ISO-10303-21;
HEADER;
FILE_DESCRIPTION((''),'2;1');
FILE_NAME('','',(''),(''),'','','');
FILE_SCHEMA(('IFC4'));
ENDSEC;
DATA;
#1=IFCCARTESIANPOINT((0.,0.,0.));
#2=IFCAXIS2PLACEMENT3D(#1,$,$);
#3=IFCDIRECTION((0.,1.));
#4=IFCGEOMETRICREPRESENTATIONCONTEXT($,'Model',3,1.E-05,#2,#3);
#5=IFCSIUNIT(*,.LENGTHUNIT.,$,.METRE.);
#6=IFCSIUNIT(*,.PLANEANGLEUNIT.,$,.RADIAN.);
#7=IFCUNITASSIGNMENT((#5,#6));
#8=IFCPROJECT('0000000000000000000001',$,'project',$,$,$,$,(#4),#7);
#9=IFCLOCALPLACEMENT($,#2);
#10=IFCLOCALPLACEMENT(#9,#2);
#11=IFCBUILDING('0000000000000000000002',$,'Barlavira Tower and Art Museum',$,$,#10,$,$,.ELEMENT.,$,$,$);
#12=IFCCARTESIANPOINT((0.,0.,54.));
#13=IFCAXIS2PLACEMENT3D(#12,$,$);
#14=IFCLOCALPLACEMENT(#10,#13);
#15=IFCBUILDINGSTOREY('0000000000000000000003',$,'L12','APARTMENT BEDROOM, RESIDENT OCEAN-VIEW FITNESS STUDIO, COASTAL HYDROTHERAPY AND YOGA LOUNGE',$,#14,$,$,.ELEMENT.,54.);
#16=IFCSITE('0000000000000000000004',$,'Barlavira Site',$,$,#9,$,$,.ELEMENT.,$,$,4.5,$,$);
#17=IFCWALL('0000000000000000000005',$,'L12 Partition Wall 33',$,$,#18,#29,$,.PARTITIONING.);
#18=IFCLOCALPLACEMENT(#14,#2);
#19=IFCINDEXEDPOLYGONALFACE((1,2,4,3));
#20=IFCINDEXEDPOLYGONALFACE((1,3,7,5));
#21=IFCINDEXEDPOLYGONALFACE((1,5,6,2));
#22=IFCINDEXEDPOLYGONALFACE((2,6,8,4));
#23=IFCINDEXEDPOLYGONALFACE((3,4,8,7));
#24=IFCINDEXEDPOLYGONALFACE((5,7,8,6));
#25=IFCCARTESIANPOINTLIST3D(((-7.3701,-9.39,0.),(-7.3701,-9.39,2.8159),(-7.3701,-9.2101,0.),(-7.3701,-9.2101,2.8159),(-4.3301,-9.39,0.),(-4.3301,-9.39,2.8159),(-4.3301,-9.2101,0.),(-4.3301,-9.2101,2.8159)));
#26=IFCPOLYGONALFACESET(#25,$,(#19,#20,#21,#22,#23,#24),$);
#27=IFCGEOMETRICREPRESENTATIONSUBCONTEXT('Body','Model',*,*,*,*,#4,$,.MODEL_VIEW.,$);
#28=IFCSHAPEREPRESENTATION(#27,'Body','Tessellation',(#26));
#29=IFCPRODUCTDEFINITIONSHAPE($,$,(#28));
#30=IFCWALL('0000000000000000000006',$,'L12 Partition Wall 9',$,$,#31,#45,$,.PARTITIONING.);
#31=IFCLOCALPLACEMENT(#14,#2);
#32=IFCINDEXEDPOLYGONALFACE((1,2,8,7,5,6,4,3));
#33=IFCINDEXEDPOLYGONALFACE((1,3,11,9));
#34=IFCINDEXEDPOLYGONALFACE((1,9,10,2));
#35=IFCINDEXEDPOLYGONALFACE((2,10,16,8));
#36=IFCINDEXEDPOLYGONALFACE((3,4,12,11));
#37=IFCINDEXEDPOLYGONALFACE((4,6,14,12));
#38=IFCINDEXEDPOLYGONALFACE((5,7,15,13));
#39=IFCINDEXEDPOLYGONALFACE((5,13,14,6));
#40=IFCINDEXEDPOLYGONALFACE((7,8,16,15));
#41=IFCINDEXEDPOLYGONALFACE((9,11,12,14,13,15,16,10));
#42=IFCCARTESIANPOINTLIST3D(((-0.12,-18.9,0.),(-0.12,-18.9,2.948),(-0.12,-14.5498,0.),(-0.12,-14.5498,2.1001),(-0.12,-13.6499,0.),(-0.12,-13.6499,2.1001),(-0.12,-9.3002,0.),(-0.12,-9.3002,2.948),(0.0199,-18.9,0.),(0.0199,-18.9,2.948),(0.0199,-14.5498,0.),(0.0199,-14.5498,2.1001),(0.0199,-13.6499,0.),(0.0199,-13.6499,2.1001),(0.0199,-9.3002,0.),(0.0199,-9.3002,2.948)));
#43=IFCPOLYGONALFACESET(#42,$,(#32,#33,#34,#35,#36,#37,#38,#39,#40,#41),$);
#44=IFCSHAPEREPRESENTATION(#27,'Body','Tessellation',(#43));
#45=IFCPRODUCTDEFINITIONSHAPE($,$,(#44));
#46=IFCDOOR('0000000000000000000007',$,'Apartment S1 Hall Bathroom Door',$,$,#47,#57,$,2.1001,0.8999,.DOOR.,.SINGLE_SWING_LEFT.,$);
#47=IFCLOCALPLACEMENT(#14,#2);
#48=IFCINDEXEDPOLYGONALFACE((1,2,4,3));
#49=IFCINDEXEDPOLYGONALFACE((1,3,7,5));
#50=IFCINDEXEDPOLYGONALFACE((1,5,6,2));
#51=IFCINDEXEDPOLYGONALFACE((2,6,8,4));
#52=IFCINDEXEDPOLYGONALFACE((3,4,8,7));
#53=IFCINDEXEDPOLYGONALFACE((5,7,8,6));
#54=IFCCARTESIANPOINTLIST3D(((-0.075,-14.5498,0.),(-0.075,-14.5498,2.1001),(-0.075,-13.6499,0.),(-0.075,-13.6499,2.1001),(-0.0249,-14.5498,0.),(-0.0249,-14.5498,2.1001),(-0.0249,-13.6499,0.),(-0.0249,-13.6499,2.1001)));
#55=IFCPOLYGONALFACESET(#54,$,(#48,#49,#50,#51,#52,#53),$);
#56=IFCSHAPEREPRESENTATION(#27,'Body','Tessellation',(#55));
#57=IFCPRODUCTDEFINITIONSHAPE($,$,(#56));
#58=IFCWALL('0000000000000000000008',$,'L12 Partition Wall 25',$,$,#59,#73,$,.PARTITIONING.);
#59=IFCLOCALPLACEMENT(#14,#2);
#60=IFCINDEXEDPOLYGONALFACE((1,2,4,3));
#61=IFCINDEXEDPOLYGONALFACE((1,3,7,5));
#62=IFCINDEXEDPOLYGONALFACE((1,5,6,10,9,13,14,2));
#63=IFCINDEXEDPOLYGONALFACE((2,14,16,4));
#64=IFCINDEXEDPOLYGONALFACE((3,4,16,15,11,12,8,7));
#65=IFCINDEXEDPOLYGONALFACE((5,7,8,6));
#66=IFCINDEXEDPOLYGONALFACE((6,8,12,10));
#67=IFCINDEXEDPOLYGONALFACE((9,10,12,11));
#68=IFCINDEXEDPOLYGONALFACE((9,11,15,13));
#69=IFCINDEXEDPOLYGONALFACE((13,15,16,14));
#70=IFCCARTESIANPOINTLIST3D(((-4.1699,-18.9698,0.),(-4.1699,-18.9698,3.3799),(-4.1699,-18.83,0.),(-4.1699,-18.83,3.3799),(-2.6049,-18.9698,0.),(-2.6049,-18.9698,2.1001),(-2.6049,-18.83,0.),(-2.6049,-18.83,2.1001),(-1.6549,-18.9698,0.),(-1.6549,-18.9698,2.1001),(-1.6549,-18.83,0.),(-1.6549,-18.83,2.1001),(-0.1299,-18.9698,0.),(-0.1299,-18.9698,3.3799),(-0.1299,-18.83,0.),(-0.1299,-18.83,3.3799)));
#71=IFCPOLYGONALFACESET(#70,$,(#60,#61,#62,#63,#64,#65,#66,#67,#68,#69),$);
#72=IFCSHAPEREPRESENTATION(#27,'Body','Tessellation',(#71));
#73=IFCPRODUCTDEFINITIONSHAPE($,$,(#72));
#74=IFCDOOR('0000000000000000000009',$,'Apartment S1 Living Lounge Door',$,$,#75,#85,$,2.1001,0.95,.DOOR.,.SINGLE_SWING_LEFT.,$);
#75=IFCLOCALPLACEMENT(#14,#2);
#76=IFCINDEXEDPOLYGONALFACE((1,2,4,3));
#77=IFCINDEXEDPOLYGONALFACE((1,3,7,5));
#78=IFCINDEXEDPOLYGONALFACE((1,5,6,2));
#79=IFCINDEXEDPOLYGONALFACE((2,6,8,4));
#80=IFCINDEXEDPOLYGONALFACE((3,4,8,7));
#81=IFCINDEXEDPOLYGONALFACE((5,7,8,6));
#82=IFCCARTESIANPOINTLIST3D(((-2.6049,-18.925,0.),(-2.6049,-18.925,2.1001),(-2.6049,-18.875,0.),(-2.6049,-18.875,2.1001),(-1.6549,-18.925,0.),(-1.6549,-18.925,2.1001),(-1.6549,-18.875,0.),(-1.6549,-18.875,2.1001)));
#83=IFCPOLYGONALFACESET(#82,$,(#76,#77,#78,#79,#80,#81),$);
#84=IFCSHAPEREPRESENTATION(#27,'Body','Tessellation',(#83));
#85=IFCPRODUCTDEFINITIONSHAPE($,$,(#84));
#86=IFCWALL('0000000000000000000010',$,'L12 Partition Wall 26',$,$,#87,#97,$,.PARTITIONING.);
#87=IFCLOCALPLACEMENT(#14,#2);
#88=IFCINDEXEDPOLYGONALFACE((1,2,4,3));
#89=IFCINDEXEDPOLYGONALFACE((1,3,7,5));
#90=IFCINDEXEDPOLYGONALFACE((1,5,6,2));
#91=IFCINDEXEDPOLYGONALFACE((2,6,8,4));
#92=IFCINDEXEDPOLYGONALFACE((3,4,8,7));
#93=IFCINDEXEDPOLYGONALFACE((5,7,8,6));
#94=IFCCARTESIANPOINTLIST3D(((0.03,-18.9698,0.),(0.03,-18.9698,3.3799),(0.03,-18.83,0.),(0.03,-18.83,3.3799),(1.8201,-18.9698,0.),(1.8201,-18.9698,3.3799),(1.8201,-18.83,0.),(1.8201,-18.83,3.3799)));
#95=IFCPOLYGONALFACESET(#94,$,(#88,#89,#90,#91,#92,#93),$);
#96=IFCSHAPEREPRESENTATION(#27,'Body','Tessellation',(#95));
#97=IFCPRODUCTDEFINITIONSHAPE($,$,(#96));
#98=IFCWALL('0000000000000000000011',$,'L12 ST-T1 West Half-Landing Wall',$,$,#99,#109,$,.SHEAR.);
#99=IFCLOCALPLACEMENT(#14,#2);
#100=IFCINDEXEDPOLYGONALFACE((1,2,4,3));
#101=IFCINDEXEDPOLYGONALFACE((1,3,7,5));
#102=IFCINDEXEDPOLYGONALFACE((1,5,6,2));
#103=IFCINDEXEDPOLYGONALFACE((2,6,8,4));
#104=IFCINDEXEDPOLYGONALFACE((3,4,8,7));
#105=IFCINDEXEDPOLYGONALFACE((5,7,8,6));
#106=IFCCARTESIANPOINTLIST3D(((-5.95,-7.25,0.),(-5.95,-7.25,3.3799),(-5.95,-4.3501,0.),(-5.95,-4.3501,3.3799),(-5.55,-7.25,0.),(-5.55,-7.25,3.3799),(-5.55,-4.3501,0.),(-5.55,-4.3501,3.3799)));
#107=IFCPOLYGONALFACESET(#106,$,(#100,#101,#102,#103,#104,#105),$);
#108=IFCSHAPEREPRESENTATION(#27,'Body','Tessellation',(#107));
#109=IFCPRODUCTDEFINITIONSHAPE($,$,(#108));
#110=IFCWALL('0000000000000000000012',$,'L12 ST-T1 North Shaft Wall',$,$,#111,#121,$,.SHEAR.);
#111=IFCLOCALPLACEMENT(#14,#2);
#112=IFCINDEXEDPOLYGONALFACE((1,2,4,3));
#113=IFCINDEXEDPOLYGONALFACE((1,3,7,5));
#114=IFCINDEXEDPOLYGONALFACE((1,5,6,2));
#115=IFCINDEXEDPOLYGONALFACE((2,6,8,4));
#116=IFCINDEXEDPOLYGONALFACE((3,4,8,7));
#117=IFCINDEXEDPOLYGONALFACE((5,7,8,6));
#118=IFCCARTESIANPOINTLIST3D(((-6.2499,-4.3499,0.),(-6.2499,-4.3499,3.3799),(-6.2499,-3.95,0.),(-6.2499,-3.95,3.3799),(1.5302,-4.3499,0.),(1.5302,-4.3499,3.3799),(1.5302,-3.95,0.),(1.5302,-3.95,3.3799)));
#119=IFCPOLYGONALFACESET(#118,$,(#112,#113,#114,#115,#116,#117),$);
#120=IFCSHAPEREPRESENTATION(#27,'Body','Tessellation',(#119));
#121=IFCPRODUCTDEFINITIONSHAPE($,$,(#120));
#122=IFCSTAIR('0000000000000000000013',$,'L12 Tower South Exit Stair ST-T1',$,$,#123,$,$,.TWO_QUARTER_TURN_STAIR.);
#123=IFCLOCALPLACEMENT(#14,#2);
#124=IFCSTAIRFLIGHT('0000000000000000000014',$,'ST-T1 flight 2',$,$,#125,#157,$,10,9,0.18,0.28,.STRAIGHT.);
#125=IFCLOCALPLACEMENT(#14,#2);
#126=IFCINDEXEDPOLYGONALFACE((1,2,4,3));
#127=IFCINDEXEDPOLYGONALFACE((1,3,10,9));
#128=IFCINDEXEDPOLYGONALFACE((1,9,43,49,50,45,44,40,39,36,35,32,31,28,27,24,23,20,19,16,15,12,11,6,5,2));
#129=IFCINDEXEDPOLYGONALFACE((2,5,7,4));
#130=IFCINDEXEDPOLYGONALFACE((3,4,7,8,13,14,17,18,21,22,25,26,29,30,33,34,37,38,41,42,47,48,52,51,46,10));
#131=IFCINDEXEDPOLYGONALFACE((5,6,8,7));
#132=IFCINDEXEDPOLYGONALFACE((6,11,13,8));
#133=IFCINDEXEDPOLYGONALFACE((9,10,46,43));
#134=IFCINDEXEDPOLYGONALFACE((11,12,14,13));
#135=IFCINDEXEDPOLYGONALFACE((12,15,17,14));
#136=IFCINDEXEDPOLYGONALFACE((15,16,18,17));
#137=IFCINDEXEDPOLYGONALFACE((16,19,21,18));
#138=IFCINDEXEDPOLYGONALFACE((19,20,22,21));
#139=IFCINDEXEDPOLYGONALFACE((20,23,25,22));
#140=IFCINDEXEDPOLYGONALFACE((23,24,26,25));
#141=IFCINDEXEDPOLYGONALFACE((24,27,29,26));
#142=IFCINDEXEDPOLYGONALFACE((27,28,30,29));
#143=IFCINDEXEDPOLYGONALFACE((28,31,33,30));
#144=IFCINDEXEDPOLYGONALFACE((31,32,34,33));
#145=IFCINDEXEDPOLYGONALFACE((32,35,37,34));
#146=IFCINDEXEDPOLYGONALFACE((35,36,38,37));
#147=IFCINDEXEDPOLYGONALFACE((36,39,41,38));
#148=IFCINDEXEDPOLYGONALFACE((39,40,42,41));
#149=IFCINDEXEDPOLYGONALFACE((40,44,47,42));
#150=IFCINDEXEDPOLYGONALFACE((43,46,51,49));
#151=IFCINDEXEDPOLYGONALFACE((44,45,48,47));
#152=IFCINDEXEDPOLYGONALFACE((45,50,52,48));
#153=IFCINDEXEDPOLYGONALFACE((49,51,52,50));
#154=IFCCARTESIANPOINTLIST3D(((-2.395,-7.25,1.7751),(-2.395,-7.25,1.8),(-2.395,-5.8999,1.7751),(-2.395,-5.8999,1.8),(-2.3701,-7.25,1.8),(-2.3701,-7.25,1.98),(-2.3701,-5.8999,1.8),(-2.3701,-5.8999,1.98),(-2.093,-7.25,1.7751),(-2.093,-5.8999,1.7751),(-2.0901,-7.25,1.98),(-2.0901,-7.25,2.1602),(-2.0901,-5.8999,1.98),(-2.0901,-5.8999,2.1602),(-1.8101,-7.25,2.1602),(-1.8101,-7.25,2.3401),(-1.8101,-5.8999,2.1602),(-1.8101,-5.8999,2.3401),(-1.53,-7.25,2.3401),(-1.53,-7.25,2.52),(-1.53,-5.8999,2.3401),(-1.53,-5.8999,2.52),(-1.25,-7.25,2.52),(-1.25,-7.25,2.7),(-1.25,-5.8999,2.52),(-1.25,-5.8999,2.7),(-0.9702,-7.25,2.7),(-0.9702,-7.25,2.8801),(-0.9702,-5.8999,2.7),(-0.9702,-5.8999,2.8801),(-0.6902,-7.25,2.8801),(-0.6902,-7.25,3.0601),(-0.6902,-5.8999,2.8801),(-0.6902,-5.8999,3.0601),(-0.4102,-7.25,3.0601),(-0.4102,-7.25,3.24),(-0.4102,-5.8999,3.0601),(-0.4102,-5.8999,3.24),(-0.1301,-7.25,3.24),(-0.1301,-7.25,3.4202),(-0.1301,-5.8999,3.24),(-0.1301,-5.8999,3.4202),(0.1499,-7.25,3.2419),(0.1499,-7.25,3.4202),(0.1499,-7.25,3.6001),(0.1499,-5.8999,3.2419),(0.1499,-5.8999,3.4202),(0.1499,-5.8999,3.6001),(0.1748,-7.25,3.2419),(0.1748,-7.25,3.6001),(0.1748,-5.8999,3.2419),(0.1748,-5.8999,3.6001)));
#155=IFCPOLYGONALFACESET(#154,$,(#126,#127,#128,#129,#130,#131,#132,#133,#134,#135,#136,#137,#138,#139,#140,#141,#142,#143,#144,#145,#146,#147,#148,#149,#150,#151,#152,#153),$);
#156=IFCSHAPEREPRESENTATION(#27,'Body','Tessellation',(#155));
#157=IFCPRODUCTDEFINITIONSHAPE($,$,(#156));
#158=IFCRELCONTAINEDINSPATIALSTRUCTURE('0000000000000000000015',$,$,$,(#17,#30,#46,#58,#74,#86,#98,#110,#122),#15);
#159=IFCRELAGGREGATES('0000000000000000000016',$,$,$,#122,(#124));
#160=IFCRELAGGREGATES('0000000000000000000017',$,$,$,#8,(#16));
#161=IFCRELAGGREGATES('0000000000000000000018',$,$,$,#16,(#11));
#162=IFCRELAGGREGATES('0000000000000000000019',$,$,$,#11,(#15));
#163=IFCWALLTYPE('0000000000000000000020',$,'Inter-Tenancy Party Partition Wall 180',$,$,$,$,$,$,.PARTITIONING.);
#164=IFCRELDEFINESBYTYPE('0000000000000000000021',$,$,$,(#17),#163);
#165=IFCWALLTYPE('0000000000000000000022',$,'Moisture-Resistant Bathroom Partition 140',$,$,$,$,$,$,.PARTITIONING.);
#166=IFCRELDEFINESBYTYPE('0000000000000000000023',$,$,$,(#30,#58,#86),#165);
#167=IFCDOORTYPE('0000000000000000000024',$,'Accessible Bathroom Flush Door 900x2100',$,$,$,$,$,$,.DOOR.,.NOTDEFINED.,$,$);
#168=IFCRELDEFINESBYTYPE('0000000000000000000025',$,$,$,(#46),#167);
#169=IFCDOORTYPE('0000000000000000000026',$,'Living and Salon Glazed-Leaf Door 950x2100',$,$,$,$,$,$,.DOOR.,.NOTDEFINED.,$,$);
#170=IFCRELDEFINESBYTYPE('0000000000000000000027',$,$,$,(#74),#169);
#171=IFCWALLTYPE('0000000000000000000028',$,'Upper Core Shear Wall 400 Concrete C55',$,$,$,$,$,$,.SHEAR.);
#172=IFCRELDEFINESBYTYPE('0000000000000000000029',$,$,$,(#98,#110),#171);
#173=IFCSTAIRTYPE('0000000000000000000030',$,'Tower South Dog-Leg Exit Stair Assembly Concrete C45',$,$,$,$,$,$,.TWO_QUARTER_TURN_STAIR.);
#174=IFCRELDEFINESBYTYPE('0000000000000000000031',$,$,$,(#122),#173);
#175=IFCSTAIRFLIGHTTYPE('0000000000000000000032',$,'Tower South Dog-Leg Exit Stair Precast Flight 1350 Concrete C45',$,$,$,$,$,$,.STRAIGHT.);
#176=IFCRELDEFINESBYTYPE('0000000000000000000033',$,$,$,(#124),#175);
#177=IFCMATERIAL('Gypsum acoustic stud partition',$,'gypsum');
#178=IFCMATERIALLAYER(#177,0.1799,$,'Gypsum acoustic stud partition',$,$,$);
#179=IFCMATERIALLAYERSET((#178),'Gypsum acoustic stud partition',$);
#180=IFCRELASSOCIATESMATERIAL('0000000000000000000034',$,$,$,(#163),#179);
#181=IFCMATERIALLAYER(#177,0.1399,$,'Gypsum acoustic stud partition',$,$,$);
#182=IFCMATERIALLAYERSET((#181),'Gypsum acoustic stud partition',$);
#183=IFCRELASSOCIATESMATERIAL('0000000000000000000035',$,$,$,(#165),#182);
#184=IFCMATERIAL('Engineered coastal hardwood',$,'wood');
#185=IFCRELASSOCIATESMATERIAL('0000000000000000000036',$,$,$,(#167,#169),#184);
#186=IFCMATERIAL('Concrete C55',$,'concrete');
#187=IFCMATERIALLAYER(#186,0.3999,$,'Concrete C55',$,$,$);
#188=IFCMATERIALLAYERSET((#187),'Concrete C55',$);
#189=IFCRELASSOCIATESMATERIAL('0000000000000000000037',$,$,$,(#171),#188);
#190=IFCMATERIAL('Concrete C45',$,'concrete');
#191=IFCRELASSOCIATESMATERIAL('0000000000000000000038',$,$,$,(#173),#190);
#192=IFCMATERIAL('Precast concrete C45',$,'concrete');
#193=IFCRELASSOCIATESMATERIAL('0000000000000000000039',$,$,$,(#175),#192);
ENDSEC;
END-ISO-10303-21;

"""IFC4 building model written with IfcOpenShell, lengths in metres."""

from ifc_helpers import new_model, si_unit, direction, frame, frame_2d, origin, place, context, subcontext, project, spatial, polyline, rectangle, outline, extrude, material, layer, layer_set, type_object, element, fill, aggregate, save


model = new_model("IFC4")

# Units and contexts
model_context = context("Model", 3, precision=1e-05, world=origin(), true_north=direction((0.0, 1.0)))
body_context = subcontext(model_context, "Body", "Model", "MODEL_VIEW")
ifc_project = project(units=[si_unit("LENGTHUNIT", "METRE"), si_unit("PLANEANGLEUNIT", "RADIAN")], contexts=[model_context])

# Site, building, storey
site_placement = place(None, origin())
site = spatial("IfcSite", under=ifc_project, at=site_placement, Name="Barlavira Site", CompositionType="ELEMENT", RefElevation=4.5)
building_placement = place(site_placement, origin())
building = spatial("IfcBuilding", under=site, at=building_placement, Name="Barlavira Tower and Art Museum", CompositionType="ELEMENT")
storey_placement = place(building_placement, frame((0.0, 0.0, 54.0)))
storey = spatial("IfcBuildingStorey", under=building, at=storey_placement, Name="L12", Description="APARTMENT BEDROOM, RESIDENT OCEAN-VIEW FITNESS STUDIO, COASTAL HYDROTHERAPY AND YOGA LOUNGE", CompositionType="ELEMENT", Elevation=54.0)

# Shared definitions
ifc_material_1 = material(Name="Gypsum acoustic stud partition", Category="gypsum")
ifc_layer_1 = layer(ifc_material_1, 0.1799, Name="Gypsum acoustic stud partition")
ifc_layer_set_1 = layer_set([ifc_layer_1], Name="Gypsum acoustic stud partition")
wall_type_1 = type_object("IfcWallType", Name="Inter-Tenancy Party Partition Wall 180", PredefinedType="PARTITIONING", material=ifc_layer_set_1)

# Wall
wall_1_placement = place(storey_placement, frame((-7.3701, -9.3, 0.0), z_axis=(0.0, 0.0, 1.0), x_axis=(1.0, 0.0, 0.0)))
element("IfcWall", 1, at=wall_1_placement, inside=storey, type_object=wall_type_1, Name="L12 Partition Wall 33", PredefinedType="PARTITIONING", context=body_context, shape_type="SweptSolid", body=[
    extrude(rectangle(XDim=3.04, YDim=0.1799, at=frame_2d((1.52, 0.0))), origin(), (0.0, 0.0, 1.0), 2.8159),
])

# Walls, openings, doors
ifc_layer_2 = layer(ifc_material_1, 0.1399, Name="Gypsum acoustic stud partition")
ifc_layer_set_2 = layer_set([ifc_layer_2], Name="Gypsum acoustic stud partition")
wall_type_2 = type_object("IfcWallType", Name="Moisture-Resistant Bathroom Partition 140", PredefinedType="PARTITIONING", material=ifc_layer_set_2)
wall_2_placement = place(storey_placement, frame((-0.05, -18.8999, 0.0), z_axis=(0.0, 0.0, 1.0), x_axis=(0.0, 1.0, 0.0)))
wall_2 = element("IfcWall", 2, at=wall_2_placement, inside=storey, type_object=wall_type_2, Name="L12 Partition Wall 9", PredefinedType="PARTITIONING", context=body_context, shape_type="SweptSolid", body=[
    extrude(rectangle(XDim=9.5999, YDim=0.1399, at=frame_2d((4.7998, 0.0))), origin(), (0.0, 0.0, 1.0), 2.948),
])
opening_1_placement = place(wall_2_placement, frame((4.3501, 0.0, 0.0)))
opening_1 = element("IfcOpeningElement", 3, at=opening_1_placement, cuts=wall_2, PredefinedType="OPENING", context=body_context, shape_type="SweptSolid", body=[
    extrude(rectangle(XDim=0.8999, YDim=2.1001, at=frame_2d((0.45, 1.05))), frame((0.0, 0.0801, 0.0), z_axis=(0.0, -1.0, 0.0), x_axis=(1.0, 0.0, 0.0)), (0.0, 0.0, 1.0), 0.1599),
])
ifc_material_2 = material(Name="Engineered coastal hardwood", Category="wood")
door_type_1 = type_object("IfcDoorType", Name="Accessible Bathroom Flush Door 900x2100", OperationType="NOTDEFINED", PredefinedType="DOOR", material=ifc_material_2)
door_1_placement = place(opening_1_placement, origin())
door_1 = element("IfcDoor", 4, at=door_1_placement, inside=storey, type_object=door_type_1, Name="Apartment S1 Hall Bathroom Door", OperationType="SINGLE_SWING_LEFT", OverallHeight=2.1001, OverallWidth=0.8999, PredefinedType="DOOR", context=body_context, shape_type="SweptSolid", body=[
    extrude(rectangle(XDim=0.8999, YDim=2.1001, at=frame_2d((0.45, 1.05))), frame((0.0, 0.0249, 0.0), z_axis=(0.0, -1.0, 0.0), x_axis=(1.0, 0.0, 0.0)), (0.0, 0.0, 1.0), 0.05),
])
fill(opening_1, door_1)
wall_3_placement = place(storey_placement, frame((-4.1699, -18.8999, 0.0), z_axis=(0.0, 0.0, 1.0), x_axis=(1.0, 0.0, 0.0)))
wall_3 = element("IfcWall", 5, at=wall_3_placement, inside=storey, type_object=wall_type_2, Name="L12 Partition Wall 25", PredefinedType="PARTITIONING", context=body_context, shape_type="SweptSolid", body=[
    extrude(rectangle(XDim=4.04, YDim=0.1399, at=frame_2d((2.02, 0.0))), origin(), (0.0, 0.0, 1.0), 3.3799),
])
opening_2_placement = place(wall_3_placement, frame((1.5649, 0.0, 0.0)))
opening_2 = element("IfcOpeningElement", 6, at=opening_2_placement, cuts=wall_3, PredefinedType="OPENING", context=body_context, shape_type="SweptSolid", body=[
    extrude(rectangle(XDim=0.95, YDim=2.1001, at=frame_2d((0.4751, 1.05))), frame((0.0, 0.0801, 0.0), z_axis=(0.0, -1.0, 0.0), x_axis=(1.0, 0.0, 0.0)), (0.0, 0.0, 1.0), 0.1599),
])
door_type_2 = type_object("IfcDoorType", Name="Living and Salon Glazed-Leaf Door 950x2100", OperationType="NOTDEFINED", PredefinedType="DOOR", material=ifc_material_2)
door_2_placement = place(opening_2_placement, origin())
door_2 = element("IfcDoor", 7, at=door_2_placement, inside=storey, type_object=door_type_2, Name="Apartment S1 Living Lounge Door", OperationType="SINGLE_SWING_LEFT", OverallHeight=2.1001, OverallWidth=0.95, PredefinedType="DOOR", context=body_context, shape_type="SweptSolid", body=[
    extrude(rectangle(XDim=0.95, YDim=2.1001, at=frame_2d((0.4751, 1.05))), frame((0.0, 0.0249, 0.0), z_axis=(0.0, -1.0, 0.0), x_axis=(1.0, 0.0, 0.0)), (0.0, 0.0, 1.0), 0.05),
])
fill(opening_2, door_2)

# Walls
wall_4_placement = place(storey_placement, frame((0.03, -18.8999, 0.0), z_axis=(0.0, 0.0, 1.0), x_axis=(1.0, 0.0, 0.0)))
element("IfcWall", 8, at=wall_4_placement, inside=storey, type_object=wall_type_2, Name="L12 Partition Wall 26", PredefinedType="PARTITIONING", context=body_context, shape_type="SweptSolid", body=[
    extrude(rectangle(XDim=1.79, YDim=0.1399, at=frame_2d((0.895, 0.0))), origin(), (0.0, 0.0, 1.0), 3.3799),
])
ifc_material_3 = material(Name="Concrete C55", Category="concrete")
ifc_layer_3 = layer(ifc_material_3, 0.3999, Name="Concrete C55")
ifc_layer_set_3 = layer_set([ifc_layer_3], Name="Concrete C55")
wall_type_3 = type_object("IfcWallType", Name="Upper Core Shear Wall 400 Concrete C55", PredefinedType="SHEAR", material=ifc_layer_set_3)
wall_5_placement = place(storey_placement, frame((-5.75, -7.25, 0.0), z_axis=(0.0, 0.0, 1.0), x_axis=(0.0, 1.0, 0.0)))
element("IfcWall", 9, at=wall_5_placement, inside=storey, type_object=wall_type_3, Name="L12 ST-T1 West Half-Landing Wall", PredefinedType="SHEAR", context=body_context, shape_type="SweptSolid", body=[
    extrude(rectangle(XDim=2.8999, YDim=0.3999, at=frame_2d((1.45, 0.0))), origin(), (0.0, 0.0, 1.0), 3.3799),
])
wall_6_placement = place(storey_placement, frame((-6.25, -4.1499, 0.0), z_axis=(0.0, 0.0, 1.0), x_axis=(1.0, 0.0, 0.0)))
element("IfcWall", 10, at=wall_6_placement, inside=storey, type_object=wall_type_3, Name="L12 ST-T1 North Shaft Wall", PredefinedType="SHEAR", context=body_context, shape_type="SweptSolid", body=[
    extrude(rectangle(XDim=7.78, YDim=0.3999, at=frame_2d((3.8901, 0.0))), origin(), (0.0, 0.0, 1.0), 3.3799),
])

# Stair, stair flight
ifc_material_4 = material(Name="Concrete C45", Category="concrete")
stair_type = type_object("IfcStairType", Name="Tower South Dog-Leg Exit Stair Assembly Concrete C45", PredefinedType="TWO_QUARTER_TURN_STAIR", material=ifc_material_4)
stair_placement = place(storey_placement, origin())
stair = element("IfcStair", 11, at=stair_placement, inside=storey, type_object=stair_type, Name="L12 Tower South Exit Stair ST-T1", PredefinedType="TWO_QUARTER_TURN_STAIR")
ifc_material_5 = material(Name="Precast concrete C45", Category="concrete")
stair_flight_type = type_object("IfcStairFlightType", Name="Tower South Dog-Leg Exit Stair Precast Flight 1350 Concrete C45", PredefinedType="STRAIGHT", material=ifc_material_5)
stair_flight_placement = place(storey_placement, frame((-2.3701, -6.575, 1.8), z_axis=(0.0, 0.0, 1.0), x_axis=(1.0, 0.0, 0.0)))
stair_flight = element("IfcStairFlight", 12, at=stair_flight_placement, type_object=stair_flight_type, Name="ST-T1 flight 2", NumberOfRisers=10, NumberOfTreads=9, PredefinedType="STRAIGHT", RiserHeight=0.18, TreadLength=0.28, context=body_context, shape_type="SweptSolid", body=[
    extrude(outline(polyline([(-0.0249, 0.0), (0.0, 0.0), (0.0, 0.1799), (0.28, 0.1799), (0.28, 0.3601), (0.5601, 0.3601), (0.5601, 0.54), (0.8401, 0.54), (0.8401, 0.72), (1.1201, 0.72), (1.1201, 0.8999), (1.3999, 0.8999), (1.3999, 1.0801), (1.6799, 1.0801), (1.6799, 1.26), (1.96, 1.26), (1.96, 1.4399), (2.24, 1.4399), (2.24, 1.6201), (2.52, 1.6201), (2.52, 1.8), (2.5449, 1.8), (2.5449, 1.4419), (2.52, 1.4419), (0.2771, -0.0249), (-0.0249, -0.0249), (-0.0249, 0.0)])), frame((0.0, 0.675, 0.0), z_axis=(0.0, -1.0, 0.0), x_axis=(1.0, 0.0, 0.0)), (0.0, 0.0, 1.0), 1.3501),
])
aggregate(stair, [stair_flight])

save(model, "model.ifc")
